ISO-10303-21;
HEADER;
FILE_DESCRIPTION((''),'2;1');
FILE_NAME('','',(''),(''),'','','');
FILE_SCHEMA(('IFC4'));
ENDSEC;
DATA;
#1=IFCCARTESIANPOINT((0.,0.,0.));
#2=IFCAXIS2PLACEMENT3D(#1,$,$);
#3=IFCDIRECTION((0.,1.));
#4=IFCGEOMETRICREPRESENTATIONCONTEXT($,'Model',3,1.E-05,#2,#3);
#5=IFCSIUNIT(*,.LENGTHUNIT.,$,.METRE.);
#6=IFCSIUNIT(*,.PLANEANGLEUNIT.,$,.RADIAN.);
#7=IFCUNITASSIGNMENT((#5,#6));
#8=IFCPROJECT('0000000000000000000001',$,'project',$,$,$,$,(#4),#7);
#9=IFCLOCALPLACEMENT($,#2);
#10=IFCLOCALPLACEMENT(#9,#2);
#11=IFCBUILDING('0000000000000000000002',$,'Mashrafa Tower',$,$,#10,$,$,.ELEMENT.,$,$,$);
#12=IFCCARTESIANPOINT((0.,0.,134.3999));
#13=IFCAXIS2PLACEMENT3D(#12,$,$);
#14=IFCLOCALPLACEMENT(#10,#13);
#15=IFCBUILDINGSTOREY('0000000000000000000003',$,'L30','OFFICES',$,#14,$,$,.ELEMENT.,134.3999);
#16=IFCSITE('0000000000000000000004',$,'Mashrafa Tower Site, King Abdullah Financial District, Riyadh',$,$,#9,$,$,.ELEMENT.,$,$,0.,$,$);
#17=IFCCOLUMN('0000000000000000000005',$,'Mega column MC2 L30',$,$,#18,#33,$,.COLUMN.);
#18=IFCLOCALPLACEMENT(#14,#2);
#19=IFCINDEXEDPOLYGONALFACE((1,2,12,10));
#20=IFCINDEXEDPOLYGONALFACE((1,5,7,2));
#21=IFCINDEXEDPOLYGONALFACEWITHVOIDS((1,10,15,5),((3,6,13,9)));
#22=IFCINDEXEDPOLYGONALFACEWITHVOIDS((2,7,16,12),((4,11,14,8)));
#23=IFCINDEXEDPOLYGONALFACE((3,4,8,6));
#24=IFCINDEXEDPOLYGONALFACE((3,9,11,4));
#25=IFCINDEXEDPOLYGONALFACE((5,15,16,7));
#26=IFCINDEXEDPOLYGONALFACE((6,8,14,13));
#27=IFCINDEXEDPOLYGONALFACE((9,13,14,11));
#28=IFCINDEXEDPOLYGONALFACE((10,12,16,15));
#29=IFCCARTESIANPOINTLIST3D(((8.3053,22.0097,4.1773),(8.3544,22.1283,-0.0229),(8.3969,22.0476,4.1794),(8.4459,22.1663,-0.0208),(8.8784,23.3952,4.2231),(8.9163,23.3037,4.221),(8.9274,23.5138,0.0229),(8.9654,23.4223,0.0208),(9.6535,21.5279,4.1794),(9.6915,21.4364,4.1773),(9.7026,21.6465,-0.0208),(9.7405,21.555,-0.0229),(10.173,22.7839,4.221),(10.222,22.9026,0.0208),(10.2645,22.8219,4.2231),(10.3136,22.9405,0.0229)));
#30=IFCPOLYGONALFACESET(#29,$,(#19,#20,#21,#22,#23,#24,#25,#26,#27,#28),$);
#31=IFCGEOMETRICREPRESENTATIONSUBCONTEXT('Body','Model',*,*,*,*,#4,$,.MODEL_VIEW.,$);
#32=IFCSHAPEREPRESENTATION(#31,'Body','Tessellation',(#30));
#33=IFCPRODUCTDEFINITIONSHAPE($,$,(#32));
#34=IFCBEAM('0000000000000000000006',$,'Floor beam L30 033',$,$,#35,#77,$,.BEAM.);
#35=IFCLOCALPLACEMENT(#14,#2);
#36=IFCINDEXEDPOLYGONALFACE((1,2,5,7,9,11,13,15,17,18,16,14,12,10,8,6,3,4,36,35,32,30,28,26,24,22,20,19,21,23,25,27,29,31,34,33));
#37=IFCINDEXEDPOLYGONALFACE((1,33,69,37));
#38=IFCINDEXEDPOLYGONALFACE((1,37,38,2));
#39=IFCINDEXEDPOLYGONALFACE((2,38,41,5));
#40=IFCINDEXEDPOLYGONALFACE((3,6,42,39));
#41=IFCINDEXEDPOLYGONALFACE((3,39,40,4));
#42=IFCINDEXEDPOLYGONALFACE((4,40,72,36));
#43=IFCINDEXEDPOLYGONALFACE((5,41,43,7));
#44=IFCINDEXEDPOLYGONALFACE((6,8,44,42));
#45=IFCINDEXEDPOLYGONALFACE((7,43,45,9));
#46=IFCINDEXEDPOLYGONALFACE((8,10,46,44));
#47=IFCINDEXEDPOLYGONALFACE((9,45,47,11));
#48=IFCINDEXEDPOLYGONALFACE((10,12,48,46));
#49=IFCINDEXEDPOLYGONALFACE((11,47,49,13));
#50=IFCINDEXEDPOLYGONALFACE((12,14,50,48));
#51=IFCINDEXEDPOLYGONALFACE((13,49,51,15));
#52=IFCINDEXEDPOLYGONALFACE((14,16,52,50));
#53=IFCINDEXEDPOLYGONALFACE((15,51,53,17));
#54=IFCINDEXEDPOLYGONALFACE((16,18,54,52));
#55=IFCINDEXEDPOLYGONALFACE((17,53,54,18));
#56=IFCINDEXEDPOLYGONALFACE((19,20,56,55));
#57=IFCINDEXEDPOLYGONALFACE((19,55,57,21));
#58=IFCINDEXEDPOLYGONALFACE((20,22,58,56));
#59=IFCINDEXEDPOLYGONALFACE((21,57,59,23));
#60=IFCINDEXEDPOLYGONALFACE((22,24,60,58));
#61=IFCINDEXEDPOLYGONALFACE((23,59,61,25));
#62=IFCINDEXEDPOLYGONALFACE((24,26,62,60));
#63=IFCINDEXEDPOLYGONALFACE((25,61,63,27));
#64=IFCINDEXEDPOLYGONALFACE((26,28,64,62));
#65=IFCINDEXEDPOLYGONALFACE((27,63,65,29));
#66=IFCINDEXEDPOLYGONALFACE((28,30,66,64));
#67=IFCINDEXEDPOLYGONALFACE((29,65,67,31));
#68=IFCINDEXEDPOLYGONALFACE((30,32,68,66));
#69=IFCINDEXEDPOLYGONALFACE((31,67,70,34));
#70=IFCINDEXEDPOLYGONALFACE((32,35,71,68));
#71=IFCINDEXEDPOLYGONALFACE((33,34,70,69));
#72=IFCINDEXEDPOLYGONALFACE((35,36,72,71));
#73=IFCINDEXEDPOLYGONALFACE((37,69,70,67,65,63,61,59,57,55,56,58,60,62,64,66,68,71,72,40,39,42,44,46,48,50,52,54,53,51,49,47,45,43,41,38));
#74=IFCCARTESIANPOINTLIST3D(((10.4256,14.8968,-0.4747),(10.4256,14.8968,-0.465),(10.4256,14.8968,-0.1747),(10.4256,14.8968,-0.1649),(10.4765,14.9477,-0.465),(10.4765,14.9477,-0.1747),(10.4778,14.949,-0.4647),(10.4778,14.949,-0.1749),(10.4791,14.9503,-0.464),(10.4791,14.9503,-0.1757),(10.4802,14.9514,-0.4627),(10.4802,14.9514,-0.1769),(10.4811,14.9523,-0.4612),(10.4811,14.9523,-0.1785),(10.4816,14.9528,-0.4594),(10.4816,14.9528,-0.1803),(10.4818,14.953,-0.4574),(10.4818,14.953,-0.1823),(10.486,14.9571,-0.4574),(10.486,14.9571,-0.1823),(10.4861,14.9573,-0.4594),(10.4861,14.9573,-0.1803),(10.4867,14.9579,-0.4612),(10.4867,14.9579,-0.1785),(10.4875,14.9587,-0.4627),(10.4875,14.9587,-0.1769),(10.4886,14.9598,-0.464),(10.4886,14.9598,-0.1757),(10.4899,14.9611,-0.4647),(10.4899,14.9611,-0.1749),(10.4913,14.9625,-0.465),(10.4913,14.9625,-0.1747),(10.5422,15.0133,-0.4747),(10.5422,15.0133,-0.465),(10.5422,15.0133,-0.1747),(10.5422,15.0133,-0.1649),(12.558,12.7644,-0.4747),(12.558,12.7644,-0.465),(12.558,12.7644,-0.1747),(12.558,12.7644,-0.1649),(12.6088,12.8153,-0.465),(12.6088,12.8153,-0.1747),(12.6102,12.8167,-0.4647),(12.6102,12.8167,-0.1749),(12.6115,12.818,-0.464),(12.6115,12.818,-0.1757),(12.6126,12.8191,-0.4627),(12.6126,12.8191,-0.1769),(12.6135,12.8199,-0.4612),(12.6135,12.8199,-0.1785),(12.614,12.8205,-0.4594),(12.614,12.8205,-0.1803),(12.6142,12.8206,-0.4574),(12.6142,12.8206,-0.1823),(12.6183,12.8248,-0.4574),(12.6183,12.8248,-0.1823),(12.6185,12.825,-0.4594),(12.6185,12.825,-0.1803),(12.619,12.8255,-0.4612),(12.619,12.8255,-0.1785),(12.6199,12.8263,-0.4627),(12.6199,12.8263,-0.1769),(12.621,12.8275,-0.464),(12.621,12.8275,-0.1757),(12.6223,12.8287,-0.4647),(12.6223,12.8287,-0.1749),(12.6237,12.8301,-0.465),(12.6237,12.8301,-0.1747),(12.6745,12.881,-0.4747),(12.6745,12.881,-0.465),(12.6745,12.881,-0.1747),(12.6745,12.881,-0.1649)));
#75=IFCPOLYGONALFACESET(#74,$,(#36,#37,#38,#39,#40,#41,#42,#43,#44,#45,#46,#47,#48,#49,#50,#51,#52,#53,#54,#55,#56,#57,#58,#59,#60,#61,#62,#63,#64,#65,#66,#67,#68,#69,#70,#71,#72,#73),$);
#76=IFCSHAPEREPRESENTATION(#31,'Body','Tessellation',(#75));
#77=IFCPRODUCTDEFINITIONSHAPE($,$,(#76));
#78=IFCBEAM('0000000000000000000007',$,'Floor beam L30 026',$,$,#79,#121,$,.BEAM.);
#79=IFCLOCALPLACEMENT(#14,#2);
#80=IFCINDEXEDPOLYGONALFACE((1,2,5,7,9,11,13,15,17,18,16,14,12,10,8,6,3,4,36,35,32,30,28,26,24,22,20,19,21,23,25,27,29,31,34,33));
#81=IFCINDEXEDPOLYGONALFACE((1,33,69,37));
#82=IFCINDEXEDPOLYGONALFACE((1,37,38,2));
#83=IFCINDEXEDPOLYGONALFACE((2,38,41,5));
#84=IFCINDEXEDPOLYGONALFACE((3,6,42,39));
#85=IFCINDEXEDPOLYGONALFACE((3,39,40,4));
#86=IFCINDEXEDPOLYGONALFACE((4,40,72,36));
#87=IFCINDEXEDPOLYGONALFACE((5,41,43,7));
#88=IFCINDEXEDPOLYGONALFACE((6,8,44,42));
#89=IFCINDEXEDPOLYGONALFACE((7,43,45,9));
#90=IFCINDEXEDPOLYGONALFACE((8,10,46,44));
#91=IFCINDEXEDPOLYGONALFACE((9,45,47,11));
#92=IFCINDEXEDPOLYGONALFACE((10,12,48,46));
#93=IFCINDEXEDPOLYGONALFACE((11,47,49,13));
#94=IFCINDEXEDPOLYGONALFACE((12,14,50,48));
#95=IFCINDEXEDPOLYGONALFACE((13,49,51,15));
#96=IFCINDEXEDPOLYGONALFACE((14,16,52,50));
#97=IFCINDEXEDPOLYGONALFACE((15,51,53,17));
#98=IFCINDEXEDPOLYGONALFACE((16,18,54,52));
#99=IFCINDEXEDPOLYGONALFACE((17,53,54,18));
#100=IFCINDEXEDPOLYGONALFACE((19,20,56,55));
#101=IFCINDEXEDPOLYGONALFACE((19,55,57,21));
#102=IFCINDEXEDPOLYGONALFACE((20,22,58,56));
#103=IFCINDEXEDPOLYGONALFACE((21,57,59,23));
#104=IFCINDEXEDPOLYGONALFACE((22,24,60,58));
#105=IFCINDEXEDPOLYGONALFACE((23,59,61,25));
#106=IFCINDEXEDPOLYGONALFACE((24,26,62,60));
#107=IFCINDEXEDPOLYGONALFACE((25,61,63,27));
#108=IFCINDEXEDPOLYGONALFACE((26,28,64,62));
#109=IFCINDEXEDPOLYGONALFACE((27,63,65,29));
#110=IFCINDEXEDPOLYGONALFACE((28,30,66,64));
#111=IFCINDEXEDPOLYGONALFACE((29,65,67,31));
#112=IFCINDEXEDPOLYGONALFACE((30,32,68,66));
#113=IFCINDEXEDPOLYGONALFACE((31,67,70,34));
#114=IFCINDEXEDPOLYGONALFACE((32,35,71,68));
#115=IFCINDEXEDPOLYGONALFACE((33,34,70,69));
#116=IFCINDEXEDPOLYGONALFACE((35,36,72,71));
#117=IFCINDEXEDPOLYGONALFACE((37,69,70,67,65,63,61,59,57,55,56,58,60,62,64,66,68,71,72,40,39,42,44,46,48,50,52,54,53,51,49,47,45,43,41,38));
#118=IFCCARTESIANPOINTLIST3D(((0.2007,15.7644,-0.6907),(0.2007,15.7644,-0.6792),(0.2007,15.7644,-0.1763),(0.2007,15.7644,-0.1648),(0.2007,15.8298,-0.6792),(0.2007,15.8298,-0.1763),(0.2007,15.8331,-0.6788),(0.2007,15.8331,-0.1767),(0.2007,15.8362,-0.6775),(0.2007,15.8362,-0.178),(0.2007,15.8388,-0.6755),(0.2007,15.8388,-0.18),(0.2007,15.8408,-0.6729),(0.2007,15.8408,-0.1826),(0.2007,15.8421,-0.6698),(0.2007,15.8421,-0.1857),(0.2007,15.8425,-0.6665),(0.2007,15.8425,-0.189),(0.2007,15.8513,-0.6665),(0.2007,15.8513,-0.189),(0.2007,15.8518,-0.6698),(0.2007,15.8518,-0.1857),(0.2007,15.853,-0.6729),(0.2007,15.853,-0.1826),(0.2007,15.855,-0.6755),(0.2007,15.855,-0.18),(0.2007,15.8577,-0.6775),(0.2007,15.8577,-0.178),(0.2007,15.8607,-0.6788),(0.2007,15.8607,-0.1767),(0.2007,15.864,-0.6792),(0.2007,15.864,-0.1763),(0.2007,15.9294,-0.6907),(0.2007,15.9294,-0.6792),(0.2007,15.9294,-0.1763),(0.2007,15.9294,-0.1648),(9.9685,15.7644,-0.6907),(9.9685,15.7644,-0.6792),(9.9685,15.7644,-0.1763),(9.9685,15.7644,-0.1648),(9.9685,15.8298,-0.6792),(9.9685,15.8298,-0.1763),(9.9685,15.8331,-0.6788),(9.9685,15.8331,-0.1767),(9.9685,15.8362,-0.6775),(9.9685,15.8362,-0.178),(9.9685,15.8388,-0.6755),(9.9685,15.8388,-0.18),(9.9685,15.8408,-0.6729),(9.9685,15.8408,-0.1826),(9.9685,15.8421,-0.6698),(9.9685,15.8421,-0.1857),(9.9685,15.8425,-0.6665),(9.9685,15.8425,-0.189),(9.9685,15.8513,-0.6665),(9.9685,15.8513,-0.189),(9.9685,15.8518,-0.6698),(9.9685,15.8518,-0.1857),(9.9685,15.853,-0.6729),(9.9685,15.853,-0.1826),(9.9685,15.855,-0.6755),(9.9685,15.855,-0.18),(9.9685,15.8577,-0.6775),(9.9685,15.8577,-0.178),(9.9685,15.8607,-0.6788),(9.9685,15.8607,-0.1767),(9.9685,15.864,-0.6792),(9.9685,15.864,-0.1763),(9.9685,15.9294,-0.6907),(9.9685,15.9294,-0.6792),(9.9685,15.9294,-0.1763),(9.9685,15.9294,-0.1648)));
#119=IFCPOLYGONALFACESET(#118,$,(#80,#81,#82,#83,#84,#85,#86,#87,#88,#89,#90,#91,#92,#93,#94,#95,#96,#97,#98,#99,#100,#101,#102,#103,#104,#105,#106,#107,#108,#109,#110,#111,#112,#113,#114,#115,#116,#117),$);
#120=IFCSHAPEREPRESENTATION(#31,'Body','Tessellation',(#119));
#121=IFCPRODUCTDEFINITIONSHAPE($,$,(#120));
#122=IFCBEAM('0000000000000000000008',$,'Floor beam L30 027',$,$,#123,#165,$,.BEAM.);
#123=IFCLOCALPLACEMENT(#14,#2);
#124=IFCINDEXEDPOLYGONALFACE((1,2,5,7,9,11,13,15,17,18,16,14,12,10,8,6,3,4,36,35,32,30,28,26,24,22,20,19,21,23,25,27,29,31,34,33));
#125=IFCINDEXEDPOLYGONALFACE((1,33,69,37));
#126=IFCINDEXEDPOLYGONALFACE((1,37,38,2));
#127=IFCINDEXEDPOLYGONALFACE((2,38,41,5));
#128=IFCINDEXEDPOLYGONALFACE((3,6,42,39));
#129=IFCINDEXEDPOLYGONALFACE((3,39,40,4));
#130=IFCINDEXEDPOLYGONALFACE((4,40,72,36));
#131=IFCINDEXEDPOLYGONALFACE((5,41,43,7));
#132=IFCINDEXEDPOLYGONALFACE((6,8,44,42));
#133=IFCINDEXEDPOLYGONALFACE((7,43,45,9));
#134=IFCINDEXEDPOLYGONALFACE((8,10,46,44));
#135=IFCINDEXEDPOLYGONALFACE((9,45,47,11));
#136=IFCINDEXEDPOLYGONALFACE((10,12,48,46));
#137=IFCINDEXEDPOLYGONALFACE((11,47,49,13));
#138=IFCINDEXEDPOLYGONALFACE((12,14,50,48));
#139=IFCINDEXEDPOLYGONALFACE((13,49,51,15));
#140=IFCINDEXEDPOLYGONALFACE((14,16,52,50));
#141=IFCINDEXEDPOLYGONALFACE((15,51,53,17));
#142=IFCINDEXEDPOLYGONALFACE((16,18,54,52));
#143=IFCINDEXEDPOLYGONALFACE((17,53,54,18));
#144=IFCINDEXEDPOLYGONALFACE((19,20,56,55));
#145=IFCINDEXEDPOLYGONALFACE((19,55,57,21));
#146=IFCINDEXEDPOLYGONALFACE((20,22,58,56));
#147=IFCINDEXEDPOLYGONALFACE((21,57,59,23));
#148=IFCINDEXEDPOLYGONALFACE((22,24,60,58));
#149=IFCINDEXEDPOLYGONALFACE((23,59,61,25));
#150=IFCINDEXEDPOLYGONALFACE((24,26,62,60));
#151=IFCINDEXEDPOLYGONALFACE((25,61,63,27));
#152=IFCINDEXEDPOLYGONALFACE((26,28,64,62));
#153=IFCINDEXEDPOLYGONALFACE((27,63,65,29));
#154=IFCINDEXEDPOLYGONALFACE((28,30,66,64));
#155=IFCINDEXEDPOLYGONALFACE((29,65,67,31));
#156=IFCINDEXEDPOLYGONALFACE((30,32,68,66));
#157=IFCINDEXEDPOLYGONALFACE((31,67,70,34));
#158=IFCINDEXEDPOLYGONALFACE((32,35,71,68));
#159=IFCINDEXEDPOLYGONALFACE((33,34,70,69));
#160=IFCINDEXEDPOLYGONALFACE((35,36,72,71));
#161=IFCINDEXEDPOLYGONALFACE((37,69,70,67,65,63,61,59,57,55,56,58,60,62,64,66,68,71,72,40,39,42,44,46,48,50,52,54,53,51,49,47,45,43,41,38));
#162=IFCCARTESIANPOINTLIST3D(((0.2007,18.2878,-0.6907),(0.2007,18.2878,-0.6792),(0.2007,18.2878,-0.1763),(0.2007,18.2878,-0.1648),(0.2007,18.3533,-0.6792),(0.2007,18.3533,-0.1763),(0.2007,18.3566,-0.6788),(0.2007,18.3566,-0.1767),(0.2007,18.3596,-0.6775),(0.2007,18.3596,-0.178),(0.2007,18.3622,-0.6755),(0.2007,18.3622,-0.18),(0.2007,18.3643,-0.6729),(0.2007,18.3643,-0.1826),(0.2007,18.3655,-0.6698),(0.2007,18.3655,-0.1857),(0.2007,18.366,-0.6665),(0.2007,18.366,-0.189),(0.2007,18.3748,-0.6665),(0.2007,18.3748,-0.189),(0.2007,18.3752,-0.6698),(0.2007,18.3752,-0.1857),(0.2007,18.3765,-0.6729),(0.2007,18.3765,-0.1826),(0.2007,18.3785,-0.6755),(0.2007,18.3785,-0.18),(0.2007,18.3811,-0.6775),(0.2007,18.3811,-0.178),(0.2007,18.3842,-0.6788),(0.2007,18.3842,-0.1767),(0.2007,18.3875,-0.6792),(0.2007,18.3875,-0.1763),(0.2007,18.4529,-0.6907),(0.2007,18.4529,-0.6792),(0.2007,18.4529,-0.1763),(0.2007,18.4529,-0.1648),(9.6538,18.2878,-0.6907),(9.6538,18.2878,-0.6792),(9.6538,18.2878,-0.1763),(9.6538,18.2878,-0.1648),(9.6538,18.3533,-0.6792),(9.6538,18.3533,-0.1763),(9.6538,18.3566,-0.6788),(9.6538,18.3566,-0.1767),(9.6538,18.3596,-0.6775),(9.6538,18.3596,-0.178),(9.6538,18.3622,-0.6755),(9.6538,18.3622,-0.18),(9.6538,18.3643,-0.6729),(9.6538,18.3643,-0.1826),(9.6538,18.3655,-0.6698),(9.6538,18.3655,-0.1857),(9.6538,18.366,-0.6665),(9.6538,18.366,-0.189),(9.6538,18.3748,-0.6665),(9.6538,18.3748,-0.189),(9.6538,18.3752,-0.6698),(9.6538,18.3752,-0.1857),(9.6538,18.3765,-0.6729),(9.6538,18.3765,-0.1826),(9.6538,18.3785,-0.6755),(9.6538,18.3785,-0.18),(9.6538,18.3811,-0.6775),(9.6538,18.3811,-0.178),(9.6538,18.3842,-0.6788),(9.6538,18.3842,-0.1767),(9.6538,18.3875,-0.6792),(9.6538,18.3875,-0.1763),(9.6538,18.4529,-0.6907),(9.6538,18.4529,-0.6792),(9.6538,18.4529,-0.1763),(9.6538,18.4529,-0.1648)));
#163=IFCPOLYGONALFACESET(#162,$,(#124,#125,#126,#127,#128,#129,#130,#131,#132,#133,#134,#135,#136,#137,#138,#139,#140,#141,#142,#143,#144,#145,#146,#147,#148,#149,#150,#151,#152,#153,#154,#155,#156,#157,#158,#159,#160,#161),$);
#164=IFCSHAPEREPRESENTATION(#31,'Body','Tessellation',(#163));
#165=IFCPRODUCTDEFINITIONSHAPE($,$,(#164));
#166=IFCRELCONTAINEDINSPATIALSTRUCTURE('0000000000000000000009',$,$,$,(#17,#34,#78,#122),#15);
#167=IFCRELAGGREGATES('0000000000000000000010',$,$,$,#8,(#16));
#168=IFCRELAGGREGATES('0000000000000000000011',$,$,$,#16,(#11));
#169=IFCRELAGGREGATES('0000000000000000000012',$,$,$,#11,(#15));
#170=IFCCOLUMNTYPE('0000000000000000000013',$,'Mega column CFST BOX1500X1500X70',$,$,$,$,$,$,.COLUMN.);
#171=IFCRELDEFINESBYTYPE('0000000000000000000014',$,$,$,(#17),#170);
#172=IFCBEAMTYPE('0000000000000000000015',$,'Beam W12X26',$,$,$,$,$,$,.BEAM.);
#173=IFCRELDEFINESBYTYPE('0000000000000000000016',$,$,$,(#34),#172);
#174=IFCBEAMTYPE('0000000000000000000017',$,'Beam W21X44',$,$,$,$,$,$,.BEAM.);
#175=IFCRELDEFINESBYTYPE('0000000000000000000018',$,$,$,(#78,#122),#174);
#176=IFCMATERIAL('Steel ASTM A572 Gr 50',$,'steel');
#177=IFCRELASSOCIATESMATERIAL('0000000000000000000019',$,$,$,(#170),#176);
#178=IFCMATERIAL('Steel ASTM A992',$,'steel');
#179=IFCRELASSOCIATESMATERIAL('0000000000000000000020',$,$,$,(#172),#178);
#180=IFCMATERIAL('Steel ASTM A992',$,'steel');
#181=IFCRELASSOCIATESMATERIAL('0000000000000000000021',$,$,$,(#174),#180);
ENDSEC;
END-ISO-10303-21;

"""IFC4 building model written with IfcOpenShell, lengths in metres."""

from ifc_helpers import new_model, si_unit, direction, frame, origin, origin_2d, place, context, subcontext, project, spatial, hollow_rectangle, i_section, extrude, material, material_profile, profile_set, type_object, element, save


model = new_model("IFC4")

# Units and contexts
model_context = context("Model", 3, precision=1e-05, world=origin(), true_north=direction((0.0, 1.0)))
body_context = subcontext(model_context, "Body", "Model", "MODEL_VIEW")
ifc_project = project(units=[si_unit("LENGTHUNIT", "METRE"), si_unit("PLANEANGLEUNIT", "RADIAN")], contexts=[model_context])

# Site, building, storey
site_placement = place(None, origin())
site = spatial("IfcSite", under=ifc_project, at=site_placement, Name="Mashrafa Tower Site, King Abdullah Financial District, Riyadh", CompositionType="ELEMENT", RefElevation=0.0)
building_placement = place(site_placement, origin())
building = spatial("IfcBuilding", under=site, at=building_placement, Name="Mashrafa Tower", CompositionType="ELEMENT")
storey_placement = place(building_placement, frame((0.0, 0.0, 134.3999)))
storey = spatial("IfcBuildingStorey", under=building, at=storey_placement, Name="L30", Description="OFFICES", CompositionType="ELEMENT", Elevation=134.3999)

# Column
ifc_material_1 = material(Name="Steel ASTM A572 Gr 50", Category="steel")
ifc_material_profile_1 = material_profile(ifc_material_1, hollow_rectangle(XDim=1.5, YDim=1.5, WallThickness=0.0701, at=origin_2d()), Name="BOX1500X1500X70")
ifc_profile_set_1 = profile_set([ifc_material_profile_1], Name="Steel ASTM A572 Gr 50")
column_type = type_object("IfcColumnType", Name="Mega column CFST BOX1500X1500X70", PredefinedType="COLUMN", material=ifc_profile_set_1)
column_placement = place(storey_placement, frame((9.334, 22.5344, 0.0), z_axis=(-0.011678, -0.028236, 0.999533), x_axis=(0.924086, -0.382184, 0.0)))
element("IfcColumn", 1, at=column_placement, inside=storey, type_object=column_type, Name="Mega column MC2 L30", PredefinedType="COLUMN", context=body_context, shape_type="SweptSolid", body=[
    extrude(hollow_rectangle(XDim=1.5, YDim=1.5, WallThickness=0.0701, at=origin_2d()), origin(), (0.0, 0.0, 1.0), 4.2021),
])

# Beams
ifc_material_2 = material(Name="Steel ASTM A992", Category="steel")
ifc_material_profile_2 = material_profile(ifc_material_2, i_section(OverallWidth=0.1648, OverallDepth=0.3098, WebThickness=0.0059, FlangeThickness=0.0098, FilletRadius=0.0076, at=origin_2d()), Name="W12X26")
ifc_profile_set_2 = profile_set([ifc_material_profile_2], Name="Steel ASTM A992")
beam_type_1 = type_object("IfcBeamType", Name="Beam W12X26", PredefinedType="BEAM", material=ifc_profile_set_2)
beam_1_placement = place(storey_placement, frame((10.4839, 14.9551, -0.3198), z_axis=(0.707107, -0.707107, 0.0), x_axis=(0.707107, 0.707107, 0.0)))
element("IfcBeam", 2, at=beam_1_placement, inside=storey, type_object=beam_type_1, Name="Floor beam L30 033", PredefinedType="BEAM", context=body_context, shape_type="SweptSolid", body=[
    extrude(i_section(OverallWidth=0.1648, OverallDepth=0.3098, WebThickness=0.0059, FlangeThickness=0.0098, FilletRadius=0.0076, at=origin_2d()), origin(), (0.0, 0.0, 1.0), 3.0156),
])
ifc_material_3 = material(Name="Steel ASTM A992", Category="steel")
ifc_material_profile_3 = material_profile(ifc_material_3, i_section(OverallWidth=0.165, OverallDepth=0.5259, WebThickness=0.0088, FlangeThickness=0.0115, FilletRadius=0.0127, at=origin_2d()), Name="W21X44")
ifc_profile_set_3 = profile_set([ifc_material_profile_3], Name="Steel ASTM A992")
beam_type_2 = type_object("IfcBeamType", Name="Beam W21X44", PredefinedType="BEAM", material=ifc_profile_set_3)
beam_2_placement = place(storey_placement, frame((0.2007, 15.8469, -0.4277), z_axis=(1.0, 0.0, 0.0), x_axis=(0.0, 1.0, 0.0)))
element("IfcBeam", 3, at=beam_2_placement, inside=storey, type_object=beam_type_2, Name="Floor beam L30 026", PredefinedType="BEAM", context=body_context, shape_type="SweptSolid", body=[
    extrude(i_section(OverallWidth=0.165, OverallDepth=0.5259, WebThickness=0.0088, FlangeThickness=0.0115, FilletRadius=0.0127, at=origin_2d()), origin(), (0.0, 0.0, 1.0), 9.7678),
])
beam_3_placement = place(storey_placement, frame((0.2007, 18.3704, -0.4277), z_axis=(1.0, 0.0, 0.0), x_axis=(0.0, 1.0, 0.0)))
element("IfcBeam", 4, at=beam_3_placement, inside=storey, type_object=beam_type_2, Name="Floor beam L30 027", PredefinedType="BEAM", context=body_context, shape_type="SweptSolid", body=[
    extrude(i_section(OverallWidth=0.165, OverallDepth=0.5259, WebThickness=0.0088, FlangeThickness=0.0115, FilletRadius=0.0127, at=origin_2d()), origin(), (0.0, 0.0, 1.0), 9.4531),
])

save(model, "model.ifc")
